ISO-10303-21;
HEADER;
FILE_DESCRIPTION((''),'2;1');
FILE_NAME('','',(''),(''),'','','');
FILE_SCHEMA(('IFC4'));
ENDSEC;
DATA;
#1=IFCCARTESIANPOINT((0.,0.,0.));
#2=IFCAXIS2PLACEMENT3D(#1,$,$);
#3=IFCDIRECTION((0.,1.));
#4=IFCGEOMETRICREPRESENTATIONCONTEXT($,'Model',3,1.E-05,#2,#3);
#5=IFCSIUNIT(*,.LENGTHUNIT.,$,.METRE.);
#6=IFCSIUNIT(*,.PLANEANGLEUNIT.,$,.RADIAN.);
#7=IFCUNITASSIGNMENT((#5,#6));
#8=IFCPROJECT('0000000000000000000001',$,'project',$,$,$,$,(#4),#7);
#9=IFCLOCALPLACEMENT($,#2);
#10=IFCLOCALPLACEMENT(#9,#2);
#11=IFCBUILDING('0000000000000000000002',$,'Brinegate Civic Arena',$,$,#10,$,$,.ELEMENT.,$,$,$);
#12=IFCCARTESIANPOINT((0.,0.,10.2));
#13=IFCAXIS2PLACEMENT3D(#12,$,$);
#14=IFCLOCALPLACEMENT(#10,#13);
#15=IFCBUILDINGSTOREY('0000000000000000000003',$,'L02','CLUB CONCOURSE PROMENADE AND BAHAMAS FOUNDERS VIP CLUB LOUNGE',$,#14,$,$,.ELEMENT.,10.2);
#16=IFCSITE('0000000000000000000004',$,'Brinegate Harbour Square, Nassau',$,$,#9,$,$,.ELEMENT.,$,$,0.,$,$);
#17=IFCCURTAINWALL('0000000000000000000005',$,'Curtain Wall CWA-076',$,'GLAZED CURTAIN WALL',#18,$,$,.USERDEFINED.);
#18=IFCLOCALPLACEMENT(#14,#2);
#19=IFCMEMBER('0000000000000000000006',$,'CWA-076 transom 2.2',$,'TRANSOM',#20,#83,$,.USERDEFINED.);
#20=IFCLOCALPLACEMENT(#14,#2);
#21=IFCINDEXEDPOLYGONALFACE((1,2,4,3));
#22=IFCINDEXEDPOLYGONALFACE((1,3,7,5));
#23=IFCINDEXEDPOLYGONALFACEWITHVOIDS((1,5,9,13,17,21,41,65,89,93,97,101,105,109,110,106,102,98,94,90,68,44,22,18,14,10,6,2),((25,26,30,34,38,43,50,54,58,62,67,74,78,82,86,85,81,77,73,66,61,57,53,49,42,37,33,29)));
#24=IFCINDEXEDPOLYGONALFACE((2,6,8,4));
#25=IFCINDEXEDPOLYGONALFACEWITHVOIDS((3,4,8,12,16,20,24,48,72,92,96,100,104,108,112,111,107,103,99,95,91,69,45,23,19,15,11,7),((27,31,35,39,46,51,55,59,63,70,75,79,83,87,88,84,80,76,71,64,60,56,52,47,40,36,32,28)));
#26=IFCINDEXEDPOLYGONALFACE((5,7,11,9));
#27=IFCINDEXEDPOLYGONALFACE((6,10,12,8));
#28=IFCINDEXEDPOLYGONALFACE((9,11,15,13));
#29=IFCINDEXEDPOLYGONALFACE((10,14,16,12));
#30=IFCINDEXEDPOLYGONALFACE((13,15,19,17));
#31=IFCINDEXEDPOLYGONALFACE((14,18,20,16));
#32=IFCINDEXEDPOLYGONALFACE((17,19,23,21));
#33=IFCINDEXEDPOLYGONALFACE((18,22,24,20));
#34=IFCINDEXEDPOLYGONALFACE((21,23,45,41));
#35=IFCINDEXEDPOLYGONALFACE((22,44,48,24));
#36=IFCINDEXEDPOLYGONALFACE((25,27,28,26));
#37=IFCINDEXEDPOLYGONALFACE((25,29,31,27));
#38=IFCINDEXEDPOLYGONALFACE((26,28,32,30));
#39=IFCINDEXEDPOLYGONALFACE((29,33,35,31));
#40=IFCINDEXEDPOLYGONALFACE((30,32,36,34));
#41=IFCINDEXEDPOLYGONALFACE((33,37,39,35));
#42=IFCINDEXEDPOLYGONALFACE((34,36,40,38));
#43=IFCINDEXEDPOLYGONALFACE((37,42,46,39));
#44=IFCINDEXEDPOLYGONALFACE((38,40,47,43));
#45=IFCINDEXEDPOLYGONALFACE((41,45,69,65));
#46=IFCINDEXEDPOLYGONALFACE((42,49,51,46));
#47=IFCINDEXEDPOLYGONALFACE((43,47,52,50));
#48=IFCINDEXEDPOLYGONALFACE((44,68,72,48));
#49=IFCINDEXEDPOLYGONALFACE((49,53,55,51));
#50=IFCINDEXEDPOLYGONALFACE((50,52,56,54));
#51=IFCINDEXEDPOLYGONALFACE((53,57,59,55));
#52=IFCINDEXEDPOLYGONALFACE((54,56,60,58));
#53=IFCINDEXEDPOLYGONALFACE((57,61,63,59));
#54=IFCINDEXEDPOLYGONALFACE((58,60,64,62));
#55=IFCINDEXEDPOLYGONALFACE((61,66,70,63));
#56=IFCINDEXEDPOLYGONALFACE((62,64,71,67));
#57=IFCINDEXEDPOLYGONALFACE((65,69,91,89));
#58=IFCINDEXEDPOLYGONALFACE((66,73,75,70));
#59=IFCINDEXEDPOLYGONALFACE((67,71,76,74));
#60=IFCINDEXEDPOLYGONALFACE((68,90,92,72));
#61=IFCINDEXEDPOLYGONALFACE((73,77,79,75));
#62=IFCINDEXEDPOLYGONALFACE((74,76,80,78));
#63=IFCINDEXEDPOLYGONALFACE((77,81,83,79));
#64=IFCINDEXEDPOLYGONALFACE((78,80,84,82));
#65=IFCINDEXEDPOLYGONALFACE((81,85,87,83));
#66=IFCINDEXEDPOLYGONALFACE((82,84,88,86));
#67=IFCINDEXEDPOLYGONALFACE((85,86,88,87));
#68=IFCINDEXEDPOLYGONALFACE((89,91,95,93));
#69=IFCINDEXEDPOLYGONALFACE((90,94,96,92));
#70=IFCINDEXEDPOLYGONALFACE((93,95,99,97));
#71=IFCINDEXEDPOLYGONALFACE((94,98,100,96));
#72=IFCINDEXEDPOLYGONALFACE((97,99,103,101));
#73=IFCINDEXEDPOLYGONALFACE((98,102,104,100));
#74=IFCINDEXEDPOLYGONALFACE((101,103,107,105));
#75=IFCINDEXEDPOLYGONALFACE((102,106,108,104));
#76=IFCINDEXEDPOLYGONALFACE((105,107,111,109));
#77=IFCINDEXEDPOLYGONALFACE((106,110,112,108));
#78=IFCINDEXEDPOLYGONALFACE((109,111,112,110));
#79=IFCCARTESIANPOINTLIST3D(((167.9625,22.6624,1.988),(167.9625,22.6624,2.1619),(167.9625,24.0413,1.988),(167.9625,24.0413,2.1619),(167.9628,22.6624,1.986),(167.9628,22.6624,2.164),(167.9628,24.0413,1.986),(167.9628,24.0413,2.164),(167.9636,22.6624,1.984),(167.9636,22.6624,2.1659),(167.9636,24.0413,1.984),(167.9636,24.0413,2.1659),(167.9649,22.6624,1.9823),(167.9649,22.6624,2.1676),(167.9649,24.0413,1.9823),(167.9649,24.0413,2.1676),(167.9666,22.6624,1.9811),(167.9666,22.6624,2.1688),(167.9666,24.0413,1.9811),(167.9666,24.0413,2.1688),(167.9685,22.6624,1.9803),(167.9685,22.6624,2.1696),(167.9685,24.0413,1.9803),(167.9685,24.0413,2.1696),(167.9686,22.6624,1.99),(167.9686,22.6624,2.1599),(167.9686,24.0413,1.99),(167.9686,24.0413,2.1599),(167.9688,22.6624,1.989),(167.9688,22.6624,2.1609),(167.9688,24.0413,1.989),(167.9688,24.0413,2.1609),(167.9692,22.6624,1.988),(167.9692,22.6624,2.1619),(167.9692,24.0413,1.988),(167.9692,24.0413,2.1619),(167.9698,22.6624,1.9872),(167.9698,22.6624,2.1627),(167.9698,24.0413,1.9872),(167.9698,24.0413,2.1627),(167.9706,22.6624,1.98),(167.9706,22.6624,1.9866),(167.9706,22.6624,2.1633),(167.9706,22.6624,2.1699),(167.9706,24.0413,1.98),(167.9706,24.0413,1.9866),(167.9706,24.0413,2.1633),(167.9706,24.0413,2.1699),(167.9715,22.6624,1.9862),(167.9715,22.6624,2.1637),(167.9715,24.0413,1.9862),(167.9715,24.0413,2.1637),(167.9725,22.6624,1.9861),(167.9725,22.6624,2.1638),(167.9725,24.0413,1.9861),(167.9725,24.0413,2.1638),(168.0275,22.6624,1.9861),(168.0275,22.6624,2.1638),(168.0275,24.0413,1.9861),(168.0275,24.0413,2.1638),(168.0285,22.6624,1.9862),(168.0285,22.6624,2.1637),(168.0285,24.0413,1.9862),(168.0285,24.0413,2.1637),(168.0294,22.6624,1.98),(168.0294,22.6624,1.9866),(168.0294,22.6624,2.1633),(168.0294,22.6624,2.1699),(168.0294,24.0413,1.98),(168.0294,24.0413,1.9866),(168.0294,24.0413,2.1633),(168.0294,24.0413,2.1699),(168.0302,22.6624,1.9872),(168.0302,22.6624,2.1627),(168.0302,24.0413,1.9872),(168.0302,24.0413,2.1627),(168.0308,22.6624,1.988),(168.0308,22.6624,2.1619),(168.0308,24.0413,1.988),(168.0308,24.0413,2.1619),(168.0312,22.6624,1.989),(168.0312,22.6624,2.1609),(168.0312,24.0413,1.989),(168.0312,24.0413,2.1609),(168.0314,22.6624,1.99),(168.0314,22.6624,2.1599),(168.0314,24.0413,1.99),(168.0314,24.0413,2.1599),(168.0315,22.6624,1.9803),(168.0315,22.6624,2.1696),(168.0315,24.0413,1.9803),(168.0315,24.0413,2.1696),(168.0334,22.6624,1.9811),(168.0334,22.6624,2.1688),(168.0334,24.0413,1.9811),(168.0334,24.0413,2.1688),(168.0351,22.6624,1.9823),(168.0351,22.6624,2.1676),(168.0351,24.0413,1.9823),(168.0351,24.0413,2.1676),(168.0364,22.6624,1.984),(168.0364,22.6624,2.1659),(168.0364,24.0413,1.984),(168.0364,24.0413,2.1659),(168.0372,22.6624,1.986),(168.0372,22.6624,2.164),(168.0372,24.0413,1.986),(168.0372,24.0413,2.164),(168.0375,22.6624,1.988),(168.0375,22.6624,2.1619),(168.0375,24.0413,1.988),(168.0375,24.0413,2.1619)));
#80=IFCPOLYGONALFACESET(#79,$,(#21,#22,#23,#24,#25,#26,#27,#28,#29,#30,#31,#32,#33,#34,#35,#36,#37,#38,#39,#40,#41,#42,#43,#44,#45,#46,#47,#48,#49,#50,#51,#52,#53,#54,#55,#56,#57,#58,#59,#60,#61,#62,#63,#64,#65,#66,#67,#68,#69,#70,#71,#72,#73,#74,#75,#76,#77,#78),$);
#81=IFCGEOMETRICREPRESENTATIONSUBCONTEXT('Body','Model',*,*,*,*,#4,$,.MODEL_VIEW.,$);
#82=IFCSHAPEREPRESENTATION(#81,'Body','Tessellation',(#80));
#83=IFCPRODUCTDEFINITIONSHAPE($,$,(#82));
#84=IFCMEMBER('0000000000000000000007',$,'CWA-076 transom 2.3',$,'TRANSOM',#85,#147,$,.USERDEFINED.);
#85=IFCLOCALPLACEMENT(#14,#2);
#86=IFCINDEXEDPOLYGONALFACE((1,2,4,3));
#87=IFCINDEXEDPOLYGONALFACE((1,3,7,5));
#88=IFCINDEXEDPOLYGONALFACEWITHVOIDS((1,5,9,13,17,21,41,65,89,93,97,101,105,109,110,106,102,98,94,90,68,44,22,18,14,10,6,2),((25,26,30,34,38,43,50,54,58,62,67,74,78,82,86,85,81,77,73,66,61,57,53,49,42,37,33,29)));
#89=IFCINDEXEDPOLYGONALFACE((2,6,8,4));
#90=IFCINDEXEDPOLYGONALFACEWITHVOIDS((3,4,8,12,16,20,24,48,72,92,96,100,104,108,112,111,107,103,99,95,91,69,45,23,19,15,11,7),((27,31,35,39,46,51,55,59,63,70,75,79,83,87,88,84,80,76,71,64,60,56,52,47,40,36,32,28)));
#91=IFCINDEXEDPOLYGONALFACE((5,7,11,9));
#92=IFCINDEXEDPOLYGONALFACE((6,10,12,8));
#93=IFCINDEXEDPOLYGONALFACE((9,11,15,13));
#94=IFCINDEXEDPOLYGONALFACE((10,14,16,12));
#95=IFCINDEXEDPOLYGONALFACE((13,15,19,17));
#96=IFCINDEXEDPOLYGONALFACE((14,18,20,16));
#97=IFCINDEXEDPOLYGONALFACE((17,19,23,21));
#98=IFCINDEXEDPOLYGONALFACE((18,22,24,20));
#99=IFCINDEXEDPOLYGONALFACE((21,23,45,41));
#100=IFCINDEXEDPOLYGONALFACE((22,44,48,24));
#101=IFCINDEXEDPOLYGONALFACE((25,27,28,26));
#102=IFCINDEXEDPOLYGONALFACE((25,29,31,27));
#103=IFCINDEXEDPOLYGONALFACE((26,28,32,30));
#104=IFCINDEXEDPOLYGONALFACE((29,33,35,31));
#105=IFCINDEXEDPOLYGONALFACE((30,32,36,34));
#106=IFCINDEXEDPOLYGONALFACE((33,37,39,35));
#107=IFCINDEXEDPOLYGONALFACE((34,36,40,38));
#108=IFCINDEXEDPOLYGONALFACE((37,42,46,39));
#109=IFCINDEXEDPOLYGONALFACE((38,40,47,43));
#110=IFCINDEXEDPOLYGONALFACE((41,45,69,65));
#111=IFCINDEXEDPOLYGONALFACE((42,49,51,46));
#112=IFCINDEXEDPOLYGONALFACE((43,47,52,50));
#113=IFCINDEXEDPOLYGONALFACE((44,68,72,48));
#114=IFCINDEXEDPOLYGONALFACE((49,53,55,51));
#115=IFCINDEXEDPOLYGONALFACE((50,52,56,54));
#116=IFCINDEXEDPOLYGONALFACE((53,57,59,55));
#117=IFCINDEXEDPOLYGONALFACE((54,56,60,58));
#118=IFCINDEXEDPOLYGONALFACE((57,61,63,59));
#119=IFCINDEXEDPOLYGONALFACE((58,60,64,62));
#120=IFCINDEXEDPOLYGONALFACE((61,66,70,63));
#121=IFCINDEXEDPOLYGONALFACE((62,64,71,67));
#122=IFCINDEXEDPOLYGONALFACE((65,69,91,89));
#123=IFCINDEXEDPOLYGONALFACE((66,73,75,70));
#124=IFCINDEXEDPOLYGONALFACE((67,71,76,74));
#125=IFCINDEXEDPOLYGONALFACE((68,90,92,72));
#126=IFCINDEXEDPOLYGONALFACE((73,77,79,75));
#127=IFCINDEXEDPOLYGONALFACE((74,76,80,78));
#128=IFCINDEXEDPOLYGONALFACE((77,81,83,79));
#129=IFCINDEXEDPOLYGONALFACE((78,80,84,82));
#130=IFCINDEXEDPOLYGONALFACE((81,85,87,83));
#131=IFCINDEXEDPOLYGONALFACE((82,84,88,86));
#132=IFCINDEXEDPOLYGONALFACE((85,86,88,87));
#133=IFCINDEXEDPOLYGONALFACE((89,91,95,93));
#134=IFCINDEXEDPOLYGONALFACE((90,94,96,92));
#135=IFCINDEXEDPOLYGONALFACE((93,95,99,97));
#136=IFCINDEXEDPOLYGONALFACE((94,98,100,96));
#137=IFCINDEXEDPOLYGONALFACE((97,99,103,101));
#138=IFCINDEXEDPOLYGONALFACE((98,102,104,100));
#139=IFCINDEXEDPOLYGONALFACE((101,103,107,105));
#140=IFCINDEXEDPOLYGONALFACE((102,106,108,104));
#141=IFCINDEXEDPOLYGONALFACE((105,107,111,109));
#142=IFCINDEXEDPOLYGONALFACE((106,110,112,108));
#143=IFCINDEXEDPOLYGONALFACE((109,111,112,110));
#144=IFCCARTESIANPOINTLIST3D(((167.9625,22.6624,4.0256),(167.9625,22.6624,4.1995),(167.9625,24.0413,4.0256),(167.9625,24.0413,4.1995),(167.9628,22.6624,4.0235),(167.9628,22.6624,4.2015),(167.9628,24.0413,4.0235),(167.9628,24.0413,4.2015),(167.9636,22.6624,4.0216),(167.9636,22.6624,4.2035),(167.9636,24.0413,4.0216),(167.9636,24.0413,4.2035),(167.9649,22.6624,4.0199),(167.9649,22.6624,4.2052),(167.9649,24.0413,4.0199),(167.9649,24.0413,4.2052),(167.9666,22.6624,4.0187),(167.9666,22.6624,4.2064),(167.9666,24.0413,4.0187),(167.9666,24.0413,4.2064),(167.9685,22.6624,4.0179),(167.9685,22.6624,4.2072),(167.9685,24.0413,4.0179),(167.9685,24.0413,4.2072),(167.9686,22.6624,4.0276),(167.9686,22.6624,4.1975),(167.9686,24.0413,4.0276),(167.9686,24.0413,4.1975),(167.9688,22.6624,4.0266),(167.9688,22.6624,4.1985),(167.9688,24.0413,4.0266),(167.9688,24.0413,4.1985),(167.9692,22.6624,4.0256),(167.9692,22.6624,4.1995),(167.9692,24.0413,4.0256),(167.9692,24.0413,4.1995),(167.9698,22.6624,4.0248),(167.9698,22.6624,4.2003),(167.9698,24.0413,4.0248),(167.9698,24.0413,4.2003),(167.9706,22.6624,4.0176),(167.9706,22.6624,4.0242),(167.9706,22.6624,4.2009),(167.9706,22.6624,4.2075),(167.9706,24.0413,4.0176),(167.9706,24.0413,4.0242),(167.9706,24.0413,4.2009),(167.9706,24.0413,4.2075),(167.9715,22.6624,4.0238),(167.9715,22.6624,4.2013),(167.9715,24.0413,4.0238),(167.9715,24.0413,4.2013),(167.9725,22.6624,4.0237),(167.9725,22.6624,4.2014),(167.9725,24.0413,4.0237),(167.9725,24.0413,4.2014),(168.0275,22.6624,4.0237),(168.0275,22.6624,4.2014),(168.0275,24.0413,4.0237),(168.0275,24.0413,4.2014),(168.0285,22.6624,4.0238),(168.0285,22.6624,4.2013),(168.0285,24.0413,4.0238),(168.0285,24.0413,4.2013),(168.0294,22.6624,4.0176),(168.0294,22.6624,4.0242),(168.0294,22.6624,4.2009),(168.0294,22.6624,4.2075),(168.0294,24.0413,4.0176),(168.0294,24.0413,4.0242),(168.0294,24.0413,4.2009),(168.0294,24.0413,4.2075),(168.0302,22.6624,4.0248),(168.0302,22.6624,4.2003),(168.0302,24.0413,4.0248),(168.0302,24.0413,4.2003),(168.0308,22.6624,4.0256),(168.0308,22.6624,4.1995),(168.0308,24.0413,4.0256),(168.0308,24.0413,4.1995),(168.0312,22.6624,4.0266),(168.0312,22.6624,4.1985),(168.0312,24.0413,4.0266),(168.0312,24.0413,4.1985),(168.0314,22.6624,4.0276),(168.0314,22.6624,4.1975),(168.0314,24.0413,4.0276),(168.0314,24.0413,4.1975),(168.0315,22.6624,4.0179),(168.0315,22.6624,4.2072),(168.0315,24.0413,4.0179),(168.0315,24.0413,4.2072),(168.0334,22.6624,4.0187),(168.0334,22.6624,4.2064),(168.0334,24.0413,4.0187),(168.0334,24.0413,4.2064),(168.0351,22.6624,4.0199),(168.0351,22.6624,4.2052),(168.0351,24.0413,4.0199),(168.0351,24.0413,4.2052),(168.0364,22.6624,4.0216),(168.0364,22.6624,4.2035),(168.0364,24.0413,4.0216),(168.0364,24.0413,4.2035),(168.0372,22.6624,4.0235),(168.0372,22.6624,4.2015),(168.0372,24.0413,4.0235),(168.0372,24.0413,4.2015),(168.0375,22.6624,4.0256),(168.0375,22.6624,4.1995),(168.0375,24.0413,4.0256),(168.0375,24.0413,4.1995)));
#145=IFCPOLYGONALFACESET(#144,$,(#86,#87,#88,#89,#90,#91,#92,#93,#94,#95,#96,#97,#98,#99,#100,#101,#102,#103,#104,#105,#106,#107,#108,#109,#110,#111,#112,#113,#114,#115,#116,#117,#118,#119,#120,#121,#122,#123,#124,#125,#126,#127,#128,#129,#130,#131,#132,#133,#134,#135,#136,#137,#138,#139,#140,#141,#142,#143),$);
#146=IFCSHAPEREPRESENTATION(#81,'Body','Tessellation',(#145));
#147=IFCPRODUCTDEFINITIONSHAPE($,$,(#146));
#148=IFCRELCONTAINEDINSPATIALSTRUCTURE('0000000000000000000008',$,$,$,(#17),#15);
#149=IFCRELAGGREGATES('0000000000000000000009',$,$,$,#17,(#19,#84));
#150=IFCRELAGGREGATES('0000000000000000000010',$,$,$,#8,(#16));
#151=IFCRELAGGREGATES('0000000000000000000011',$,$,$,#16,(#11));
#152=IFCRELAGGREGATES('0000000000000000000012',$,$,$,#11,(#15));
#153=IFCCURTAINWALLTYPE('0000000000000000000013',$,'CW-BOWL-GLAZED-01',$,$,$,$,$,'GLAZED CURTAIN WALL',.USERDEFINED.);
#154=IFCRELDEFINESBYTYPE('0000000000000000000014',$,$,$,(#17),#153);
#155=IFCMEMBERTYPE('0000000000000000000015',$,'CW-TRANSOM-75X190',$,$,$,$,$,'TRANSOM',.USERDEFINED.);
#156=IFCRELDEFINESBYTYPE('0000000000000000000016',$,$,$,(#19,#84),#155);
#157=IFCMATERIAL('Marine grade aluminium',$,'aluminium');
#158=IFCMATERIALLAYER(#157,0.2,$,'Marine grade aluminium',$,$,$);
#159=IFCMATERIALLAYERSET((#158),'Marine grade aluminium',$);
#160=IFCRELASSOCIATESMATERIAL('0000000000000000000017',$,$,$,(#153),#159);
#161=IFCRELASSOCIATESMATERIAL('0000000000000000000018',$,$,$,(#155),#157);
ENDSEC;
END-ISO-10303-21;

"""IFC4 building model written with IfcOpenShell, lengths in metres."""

from ifc_helpers import new_model, si_unit, direction, frame, origin, origin_2d, place, context, subcontext, project, spatial, hollow_rectangle, extrude, material, layer, layer_set, material_profile, profile_set, type_object, element, aggregate, save


model = new_model("IFC4")

# Units and contexts
model_context = context("Model", 3, precision=1e-05, world=origin(), true_north=direction((0.0, 1.0)))
body_context = subcontext(model_context, "Body", "Model", "MODEL_VIEW")
ifc_project = project(units=[si_unit("LENGTHUNIT", "METRE"), si_unit("PLANEANGLEUNIT", "RADIAN")], contexts=[model_context])

# Site, building, storey
site_placement = place(None, origin())
site = spatial("IfcSite", under=ifc_project, at=site_placement, Name="Brinegate Harbour Square, Nassau", CompositionType="ELEMENT", RefElevation=0.0)
building_placement = place(site_placement, origin())
building = spatial("IfcBuilding", under=site, at=building_placement, Name="Brinegate Civic Arena", CompositionType="ELEMENT")
storey_placement = place(building_placement, frame((0.0, 0.0, 10.2)))
storey = spatial("IfcBuildingStorey", under=building, at=storey_placement, Name="L02", Description="CLUB CONCOURSE PROMENADE AND BAHAMAS FOUNDERS VIP CLUB LOUNGE", CompositionType="ELEMENT", Elevation=10.2)

# Curtain wall, members
ifc_material_1 = material(Name="Marine grade aluminium", Category="aluminium")
ifc_layer_1 = layer(ifc_material_1, 0.2, Name="Marine grade aluminium")
ifc_layer_set_1 = layer_set([ifc_layer_1], Name="Marine grade aluminium")
curtain_wall_type = type_object("IfcCurtainWallType", Name="CW-BOWL-GLAZED-01", ElementType="GLAZED CURTAIN WALL", PredefinedType="USERDEFINED", material=ifc_layer_set_1)
curtain_wall_placement = place(storey_placement, origin())
curtain_wall = element("IfcCurtainWall", 1, at=curtain_wall_placement, inside=storey, type_object=curtain_wall_type, Name="Curtain Wall CWA-076", ObjectType="GLAZED CURTAIN WALL", PredefinedType="USERDEFINED")
ifc_material_profile_1 = material_profile(ifc_material_1, hollow_rectangle(XDim=0.075, YDim=0.1899, WallThickness=0.0061, InnerFilletRadius=0.0039, OuterFilletRadius=0.0081, at=origin_2d()), Name="TRN75X190")
ifc_profile_set_1 = profile_set([ifc_material_profile_1], Name="Marine grade aluminium")
member_type_1 = type_object("IfcMemberType", Name="CW-TRANSOM-75X190", ElementType="TRANSOM", PredefinedType="USERDEFINED", material=ifc_profile_set_1)
member_1_placement = place(storey_placement, frame((168.0, 22.6624, 2.075), z_axis=(0.0, 1.0, 0.0), x_axis=(-1.0, 0.0, 0.0)))
member_1 = element("IfcMember", 2, at=member_1_placement, type_object=member_type_1, Name="CWA-076 transom 2.2", ObjectType="TRANSOM", PredefinedType="USERDEFINED", context=body_context, shape_type="SweptSolid", body=[
    extrude(hollow_rectangle(XDim=0.075, YDim=0.1899, WallThickness=0.0061, InnerFilletRadius=0.0039, OuterFilletRadius=0.0081, at=origin_2d()), origin(), (0.0, 0.0, 1.0), 1.3789),
])
member_2_placement = place(storey_placement, frame((168.0, 22.6624, 4.1125), z_axis=(0.0, 1.0, 0.0), x_axis=(-1.0, 0.0, 0.0)))
member_2 = element("IfcMember", 3, at=member_2_placement, type_object=member_type_1, Name="CWA-076 transom 2.3", ObjectType="TRANSOM", PredefinedType="USERDEFINED", context=body_context, shape_type="SweptSolid", body=[
    extrude(hollow_rectangle(XDim=0.075, YDim=0.1899, WallThickness=0.0061, InnerFilletRadius=0.0039, OuterFilletRadius=0.0081, at=origin_2d()), origin(), (0.0, 0.0, 1.0), 1.3789),
])

aggregate(curtain_wall, [member_1, member_2])

save(model, "model.ifc")
